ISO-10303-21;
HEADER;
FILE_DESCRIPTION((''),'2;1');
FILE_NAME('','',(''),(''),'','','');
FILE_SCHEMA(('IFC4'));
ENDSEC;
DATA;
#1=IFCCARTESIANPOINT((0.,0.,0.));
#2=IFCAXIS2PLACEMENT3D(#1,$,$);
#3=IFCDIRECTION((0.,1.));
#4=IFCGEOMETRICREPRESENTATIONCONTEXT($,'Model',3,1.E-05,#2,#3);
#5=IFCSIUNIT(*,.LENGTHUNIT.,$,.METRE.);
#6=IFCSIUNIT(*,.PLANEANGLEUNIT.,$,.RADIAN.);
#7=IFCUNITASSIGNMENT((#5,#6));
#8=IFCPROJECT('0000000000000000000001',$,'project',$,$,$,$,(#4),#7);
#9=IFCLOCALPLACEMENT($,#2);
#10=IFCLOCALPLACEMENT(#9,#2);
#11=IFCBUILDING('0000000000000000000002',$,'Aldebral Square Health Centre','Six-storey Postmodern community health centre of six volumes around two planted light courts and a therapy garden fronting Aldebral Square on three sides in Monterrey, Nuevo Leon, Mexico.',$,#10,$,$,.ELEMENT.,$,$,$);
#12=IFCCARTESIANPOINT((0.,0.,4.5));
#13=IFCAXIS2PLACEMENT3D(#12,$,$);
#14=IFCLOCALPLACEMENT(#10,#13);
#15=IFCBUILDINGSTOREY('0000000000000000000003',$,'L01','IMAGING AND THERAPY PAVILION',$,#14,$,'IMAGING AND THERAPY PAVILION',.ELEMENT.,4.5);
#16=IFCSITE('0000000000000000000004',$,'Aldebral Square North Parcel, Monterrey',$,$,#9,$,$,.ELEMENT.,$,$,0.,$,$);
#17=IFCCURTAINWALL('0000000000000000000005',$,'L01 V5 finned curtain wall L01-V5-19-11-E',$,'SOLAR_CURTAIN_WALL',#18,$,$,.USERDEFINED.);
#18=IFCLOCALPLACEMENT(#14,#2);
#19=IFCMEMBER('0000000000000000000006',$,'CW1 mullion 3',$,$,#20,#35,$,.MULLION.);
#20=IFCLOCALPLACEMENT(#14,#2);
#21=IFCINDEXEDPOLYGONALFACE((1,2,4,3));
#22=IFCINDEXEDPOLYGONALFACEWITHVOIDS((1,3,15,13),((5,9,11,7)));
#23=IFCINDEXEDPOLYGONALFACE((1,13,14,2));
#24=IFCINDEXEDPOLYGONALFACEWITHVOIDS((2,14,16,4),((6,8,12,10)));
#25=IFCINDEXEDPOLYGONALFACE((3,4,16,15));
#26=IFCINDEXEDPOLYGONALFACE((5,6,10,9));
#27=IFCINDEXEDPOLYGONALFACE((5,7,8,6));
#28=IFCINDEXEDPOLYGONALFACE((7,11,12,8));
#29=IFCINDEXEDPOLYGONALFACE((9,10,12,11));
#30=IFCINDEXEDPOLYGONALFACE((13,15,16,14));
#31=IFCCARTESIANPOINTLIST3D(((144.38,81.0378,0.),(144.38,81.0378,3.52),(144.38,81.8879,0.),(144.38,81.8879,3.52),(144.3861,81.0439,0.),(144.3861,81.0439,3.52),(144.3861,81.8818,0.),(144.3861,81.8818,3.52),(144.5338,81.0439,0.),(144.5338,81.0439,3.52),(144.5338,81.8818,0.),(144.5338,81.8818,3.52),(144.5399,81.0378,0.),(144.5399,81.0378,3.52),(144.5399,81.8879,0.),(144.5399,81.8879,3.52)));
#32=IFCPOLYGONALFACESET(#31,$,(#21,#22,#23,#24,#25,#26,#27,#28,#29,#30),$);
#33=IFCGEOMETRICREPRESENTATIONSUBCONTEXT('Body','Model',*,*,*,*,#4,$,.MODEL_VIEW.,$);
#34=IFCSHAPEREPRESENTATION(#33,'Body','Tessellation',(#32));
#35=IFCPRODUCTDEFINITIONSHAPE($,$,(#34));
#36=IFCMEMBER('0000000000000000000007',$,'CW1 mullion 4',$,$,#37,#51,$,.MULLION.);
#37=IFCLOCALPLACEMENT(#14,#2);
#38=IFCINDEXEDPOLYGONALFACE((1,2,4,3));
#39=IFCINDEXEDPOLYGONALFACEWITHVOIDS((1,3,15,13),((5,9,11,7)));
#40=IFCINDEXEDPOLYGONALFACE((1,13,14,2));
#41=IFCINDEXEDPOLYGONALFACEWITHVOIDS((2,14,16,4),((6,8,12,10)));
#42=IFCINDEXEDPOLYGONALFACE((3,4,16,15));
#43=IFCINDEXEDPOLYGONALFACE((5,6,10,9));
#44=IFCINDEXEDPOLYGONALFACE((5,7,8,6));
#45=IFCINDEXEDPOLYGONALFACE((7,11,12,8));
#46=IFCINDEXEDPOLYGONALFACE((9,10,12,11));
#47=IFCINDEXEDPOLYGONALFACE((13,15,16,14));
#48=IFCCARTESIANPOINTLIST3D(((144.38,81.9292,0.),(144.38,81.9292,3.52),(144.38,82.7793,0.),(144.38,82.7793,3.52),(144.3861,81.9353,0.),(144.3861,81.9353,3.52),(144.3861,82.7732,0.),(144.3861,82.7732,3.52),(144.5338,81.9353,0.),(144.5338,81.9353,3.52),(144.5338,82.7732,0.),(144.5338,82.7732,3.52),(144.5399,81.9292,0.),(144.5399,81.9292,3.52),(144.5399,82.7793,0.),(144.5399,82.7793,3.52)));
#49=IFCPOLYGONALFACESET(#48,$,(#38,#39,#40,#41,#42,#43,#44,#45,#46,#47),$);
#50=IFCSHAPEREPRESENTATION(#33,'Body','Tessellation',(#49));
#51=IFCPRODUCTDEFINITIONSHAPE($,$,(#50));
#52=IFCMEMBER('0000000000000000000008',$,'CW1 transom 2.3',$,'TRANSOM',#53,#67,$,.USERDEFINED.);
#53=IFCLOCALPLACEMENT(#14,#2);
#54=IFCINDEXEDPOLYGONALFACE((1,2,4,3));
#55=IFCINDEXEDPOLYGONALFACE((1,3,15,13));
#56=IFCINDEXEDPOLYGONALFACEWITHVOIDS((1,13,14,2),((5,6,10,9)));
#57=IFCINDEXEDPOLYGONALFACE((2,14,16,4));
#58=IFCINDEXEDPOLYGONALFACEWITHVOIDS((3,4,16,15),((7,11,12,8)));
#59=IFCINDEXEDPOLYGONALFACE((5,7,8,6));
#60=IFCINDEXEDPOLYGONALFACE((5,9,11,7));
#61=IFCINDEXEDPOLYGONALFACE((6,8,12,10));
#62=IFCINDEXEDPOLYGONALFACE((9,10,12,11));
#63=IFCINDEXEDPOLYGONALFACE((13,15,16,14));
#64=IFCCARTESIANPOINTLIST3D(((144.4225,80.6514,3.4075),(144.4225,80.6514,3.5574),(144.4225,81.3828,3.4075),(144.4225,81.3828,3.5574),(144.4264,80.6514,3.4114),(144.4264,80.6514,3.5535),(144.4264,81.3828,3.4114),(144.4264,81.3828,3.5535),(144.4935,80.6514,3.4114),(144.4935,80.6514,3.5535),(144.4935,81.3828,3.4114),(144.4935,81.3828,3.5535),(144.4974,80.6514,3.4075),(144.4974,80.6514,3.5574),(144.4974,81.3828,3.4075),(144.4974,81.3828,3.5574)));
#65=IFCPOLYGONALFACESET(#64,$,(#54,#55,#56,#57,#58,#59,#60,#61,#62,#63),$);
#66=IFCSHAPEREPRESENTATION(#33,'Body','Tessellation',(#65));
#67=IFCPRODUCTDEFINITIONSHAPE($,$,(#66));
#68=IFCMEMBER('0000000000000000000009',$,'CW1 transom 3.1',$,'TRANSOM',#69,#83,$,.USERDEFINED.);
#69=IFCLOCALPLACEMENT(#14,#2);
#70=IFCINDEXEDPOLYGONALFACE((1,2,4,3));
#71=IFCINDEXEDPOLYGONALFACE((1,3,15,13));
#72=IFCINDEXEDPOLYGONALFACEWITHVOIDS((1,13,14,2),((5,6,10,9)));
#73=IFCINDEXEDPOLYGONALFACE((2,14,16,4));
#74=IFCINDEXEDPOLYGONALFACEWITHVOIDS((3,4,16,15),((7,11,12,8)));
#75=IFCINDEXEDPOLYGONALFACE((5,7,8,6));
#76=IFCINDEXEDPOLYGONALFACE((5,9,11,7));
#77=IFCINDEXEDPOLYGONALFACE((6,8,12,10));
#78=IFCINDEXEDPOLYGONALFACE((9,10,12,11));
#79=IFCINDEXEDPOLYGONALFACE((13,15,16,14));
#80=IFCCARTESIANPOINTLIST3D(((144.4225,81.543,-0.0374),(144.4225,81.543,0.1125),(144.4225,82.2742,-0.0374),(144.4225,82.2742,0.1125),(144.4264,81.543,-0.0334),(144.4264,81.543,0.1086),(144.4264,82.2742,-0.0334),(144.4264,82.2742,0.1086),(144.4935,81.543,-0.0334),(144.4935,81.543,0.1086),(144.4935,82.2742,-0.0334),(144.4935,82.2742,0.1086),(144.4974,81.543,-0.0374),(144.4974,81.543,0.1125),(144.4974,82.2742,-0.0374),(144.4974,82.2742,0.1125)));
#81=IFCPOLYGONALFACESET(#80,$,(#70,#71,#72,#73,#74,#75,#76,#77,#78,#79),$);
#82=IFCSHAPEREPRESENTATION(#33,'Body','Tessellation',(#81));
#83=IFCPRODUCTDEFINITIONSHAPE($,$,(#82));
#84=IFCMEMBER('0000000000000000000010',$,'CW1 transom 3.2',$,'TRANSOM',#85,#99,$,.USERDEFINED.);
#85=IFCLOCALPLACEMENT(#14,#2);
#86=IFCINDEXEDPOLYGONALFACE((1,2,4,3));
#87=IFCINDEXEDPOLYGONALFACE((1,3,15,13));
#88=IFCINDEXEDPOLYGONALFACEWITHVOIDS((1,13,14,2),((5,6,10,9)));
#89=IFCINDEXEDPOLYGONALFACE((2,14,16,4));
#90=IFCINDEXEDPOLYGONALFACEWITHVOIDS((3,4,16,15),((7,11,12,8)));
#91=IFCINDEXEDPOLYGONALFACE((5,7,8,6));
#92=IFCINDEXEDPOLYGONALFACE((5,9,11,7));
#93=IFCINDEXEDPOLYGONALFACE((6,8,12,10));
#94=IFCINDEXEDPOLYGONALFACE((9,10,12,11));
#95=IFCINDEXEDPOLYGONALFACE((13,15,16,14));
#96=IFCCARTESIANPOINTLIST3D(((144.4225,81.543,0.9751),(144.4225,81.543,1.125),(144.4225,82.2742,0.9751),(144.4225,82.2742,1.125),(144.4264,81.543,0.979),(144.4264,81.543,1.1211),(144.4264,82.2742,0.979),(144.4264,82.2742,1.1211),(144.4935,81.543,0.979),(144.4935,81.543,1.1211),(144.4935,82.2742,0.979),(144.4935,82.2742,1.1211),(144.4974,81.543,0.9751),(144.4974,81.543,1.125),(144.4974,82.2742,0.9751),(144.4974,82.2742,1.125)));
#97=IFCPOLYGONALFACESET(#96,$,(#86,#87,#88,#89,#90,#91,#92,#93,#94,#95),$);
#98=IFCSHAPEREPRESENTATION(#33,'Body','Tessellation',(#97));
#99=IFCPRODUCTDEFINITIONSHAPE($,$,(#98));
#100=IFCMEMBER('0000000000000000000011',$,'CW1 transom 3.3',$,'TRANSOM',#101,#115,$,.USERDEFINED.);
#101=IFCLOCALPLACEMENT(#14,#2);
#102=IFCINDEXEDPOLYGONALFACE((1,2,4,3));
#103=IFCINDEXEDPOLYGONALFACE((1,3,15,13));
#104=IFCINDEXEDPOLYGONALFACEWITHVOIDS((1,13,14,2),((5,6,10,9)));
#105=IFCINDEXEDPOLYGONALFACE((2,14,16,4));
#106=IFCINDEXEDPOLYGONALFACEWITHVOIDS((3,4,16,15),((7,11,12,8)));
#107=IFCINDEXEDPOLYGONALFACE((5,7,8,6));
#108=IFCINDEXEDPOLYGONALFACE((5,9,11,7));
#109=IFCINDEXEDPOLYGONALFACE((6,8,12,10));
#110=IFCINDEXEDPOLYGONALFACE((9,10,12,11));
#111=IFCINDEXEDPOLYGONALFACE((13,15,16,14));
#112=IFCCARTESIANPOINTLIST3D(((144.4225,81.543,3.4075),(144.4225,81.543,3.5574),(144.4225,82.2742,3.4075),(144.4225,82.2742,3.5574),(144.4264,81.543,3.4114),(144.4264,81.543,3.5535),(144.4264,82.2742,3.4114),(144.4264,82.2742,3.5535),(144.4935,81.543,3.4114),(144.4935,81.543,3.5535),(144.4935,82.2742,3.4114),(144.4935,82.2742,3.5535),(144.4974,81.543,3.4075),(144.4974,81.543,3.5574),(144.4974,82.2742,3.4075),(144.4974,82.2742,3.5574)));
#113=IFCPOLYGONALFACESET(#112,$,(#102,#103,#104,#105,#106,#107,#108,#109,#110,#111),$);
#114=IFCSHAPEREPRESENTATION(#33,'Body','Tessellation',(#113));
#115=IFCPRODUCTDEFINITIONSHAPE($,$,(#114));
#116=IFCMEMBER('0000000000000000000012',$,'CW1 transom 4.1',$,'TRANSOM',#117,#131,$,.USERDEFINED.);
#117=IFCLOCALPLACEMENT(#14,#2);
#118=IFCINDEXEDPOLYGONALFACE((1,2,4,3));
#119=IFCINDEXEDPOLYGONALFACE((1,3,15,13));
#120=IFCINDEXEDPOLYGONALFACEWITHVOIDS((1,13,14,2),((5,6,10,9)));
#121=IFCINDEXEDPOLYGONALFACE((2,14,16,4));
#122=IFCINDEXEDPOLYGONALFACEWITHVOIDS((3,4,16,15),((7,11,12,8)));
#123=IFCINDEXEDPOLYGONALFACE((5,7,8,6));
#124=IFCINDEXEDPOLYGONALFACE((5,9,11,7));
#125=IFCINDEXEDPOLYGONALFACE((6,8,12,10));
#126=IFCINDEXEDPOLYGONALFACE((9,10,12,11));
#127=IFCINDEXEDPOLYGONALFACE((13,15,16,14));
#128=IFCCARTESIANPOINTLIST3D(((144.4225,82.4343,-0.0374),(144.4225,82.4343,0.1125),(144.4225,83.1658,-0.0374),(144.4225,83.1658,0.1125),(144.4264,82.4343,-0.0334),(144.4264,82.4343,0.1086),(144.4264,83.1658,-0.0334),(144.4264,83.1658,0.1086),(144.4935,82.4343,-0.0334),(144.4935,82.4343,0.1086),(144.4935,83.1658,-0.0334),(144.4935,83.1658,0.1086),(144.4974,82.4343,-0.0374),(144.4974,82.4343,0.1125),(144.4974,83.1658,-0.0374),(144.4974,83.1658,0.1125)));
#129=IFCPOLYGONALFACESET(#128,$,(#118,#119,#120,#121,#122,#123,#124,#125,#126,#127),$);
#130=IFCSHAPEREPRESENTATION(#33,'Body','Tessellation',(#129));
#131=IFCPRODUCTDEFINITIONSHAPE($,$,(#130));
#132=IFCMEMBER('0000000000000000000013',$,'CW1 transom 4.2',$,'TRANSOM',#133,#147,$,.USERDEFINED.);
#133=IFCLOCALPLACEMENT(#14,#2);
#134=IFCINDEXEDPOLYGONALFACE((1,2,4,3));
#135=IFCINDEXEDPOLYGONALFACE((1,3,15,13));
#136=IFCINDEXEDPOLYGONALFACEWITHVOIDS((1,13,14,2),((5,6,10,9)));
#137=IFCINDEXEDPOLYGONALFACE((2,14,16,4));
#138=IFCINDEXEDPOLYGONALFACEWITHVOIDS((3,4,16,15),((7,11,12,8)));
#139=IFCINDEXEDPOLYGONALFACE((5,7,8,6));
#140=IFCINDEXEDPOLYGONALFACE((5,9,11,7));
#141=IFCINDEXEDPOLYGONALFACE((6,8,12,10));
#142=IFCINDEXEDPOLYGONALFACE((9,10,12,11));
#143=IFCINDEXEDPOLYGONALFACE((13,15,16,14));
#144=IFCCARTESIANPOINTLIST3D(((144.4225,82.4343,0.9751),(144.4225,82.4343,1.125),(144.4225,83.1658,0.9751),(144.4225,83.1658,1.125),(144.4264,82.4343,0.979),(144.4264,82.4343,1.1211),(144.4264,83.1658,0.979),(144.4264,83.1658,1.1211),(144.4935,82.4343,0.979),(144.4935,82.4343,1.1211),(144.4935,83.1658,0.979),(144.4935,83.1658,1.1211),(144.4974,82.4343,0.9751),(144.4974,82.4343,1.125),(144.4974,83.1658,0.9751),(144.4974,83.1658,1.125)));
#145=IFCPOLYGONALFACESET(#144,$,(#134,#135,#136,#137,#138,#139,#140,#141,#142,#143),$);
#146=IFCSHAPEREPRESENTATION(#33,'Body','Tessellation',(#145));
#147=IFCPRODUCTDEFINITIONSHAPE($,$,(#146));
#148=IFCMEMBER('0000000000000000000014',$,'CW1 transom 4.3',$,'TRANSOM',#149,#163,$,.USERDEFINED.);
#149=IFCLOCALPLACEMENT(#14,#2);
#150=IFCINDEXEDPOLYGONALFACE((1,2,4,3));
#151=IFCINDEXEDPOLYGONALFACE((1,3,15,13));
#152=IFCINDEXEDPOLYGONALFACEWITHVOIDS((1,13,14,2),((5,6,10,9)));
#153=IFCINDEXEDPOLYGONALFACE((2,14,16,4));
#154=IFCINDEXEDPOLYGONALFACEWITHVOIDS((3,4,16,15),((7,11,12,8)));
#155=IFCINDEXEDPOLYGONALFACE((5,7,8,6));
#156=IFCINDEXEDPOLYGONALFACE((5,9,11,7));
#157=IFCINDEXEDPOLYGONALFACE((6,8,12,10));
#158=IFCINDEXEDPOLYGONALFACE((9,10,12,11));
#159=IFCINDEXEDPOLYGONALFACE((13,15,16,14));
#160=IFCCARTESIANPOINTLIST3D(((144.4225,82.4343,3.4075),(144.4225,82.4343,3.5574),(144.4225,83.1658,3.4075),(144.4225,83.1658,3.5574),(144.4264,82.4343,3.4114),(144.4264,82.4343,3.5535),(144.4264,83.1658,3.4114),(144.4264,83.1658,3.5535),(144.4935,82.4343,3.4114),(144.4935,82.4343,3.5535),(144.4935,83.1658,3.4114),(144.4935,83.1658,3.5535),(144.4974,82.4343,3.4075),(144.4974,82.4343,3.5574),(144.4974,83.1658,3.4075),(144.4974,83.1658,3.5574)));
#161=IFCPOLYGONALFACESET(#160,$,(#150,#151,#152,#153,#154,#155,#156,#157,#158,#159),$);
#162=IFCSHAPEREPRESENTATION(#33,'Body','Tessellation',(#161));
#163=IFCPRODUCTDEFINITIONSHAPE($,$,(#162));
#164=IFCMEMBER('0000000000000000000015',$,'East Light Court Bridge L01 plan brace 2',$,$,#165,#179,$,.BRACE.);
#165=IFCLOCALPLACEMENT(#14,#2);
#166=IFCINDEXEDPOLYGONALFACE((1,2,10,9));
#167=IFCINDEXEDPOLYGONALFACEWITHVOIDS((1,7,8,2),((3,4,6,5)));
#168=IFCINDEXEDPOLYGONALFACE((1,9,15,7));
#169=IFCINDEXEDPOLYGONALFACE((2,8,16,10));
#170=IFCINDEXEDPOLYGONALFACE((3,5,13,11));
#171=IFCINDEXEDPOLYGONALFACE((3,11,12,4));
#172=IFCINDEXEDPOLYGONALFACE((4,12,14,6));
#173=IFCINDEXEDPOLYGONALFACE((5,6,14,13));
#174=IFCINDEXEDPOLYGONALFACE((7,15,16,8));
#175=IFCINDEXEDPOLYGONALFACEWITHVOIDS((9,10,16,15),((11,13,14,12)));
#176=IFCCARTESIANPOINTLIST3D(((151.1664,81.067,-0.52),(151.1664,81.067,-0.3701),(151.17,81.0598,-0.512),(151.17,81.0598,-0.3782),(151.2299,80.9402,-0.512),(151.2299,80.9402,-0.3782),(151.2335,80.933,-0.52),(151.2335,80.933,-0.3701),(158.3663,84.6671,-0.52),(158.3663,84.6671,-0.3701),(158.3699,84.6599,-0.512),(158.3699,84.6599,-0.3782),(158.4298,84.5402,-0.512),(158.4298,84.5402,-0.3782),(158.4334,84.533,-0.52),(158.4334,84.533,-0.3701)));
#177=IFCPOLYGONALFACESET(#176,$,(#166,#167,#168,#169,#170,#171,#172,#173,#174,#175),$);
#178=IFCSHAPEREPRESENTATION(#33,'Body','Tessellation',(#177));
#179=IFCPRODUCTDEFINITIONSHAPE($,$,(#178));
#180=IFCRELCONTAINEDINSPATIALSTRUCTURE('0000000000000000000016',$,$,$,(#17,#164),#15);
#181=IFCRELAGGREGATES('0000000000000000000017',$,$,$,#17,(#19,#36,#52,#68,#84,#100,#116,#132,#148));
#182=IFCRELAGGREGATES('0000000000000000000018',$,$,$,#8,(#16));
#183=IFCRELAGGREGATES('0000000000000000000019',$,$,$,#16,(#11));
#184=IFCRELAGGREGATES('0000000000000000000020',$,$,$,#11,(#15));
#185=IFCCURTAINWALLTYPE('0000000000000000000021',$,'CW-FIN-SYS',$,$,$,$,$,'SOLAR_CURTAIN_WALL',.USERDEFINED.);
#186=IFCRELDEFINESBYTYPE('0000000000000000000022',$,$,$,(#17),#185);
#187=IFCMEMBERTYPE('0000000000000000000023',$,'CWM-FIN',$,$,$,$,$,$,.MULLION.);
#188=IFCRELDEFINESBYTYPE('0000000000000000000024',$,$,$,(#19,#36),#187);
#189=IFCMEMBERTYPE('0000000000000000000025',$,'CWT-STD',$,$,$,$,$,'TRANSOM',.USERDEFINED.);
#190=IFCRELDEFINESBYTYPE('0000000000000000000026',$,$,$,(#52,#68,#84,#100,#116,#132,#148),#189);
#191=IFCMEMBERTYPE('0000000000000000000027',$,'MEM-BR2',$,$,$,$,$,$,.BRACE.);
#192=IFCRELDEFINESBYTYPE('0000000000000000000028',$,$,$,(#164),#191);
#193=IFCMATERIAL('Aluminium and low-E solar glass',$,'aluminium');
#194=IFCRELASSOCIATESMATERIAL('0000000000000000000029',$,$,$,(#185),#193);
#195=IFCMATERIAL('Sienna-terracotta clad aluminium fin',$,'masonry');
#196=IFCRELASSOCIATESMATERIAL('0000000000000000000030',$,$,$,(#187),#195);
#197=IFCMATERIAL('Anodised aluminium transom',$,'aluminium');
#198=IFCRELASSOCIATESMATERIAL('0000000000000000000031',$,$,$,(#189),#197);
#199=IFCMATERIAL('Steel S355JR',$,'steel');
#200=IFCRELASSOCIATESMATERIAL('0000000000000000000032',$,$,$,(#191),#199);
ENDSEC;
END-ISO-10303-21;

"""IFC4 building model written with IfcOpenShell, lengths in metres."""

from ifc_helpers import new_model, si_unit, direction, frame, origin, origin_2d, place, context, subcontext, project, spatial, hollow_rectangle, extrude, material, material_profile, profile_set, type_object, element, aggregate, save


model = new_model("IFC4")

# Units and contexts
model_context = context("Model", 3, precision=1e-05, world=origin(), true_north=direction((0.0, 1.0)))
body_context = subcontext(model_context, "Body", "Model", "MODEL_VIEW")
ifc_project = project(units=[si_unit("LENGTHUNIT", "METRE"), si_unit("PLANEANGLEUNIT", "RADIAN")], contexts=[model_context])

# Site, building, storey
site_placement = place(None, origin())
site = spatial("IfcSite", under=ifc_project, at=site_placement, Name="Aldebral Square North Parcel, Monterrey", CompositionType="ELEMENT", RefElevation=0.0)
building_placement = place(site_placement, origin())
building = spatial("IfcBuilding", under=site, at=building_placement, Name="Aldebral Square Health Centre", Description="Six-storey Postmodern community health centre of six volumes around two planted light courts and a therapy garden fronting Aldebral Square on three sides in Monterrey, Nuevo Leon, Mexico.", CompositionType="ELEMENT")
storey_placement = place(building_placement, frame((0.0, 0.0, 4.5)))
storey = spatial("IfcBuildingStorey", under=building, at=storey_placement, Name="L01", Description="IMAGING AND THERAPY PAVILION", LongName="IMAGING AND THERAPY PAVILION", CompositionType="ELEMENT", Elevation=4.5)

# Shared definitions
ifc_material_1 = material(Name="Steel S355JR", Category="steel")

# Curtain wall, members
ifc_material_2 = material(Name="Aluminium and low-E solar glass", Category="aluminium")
curtain_wall_type = type_object("IfcCurtainWallType", Name="CW-FIN-SYS", ElementType="SOLAR_CURTAIN_WALL", PredefinedType="USERDEFINED", material=ifc_material_2)
curtain_wall_placement = place(storey_placement, origin())
curtain_wall = element("IfcCurtainWall", 1, at=curtain_wall_placement, inside=storey, type_object=curtain_wall_type, Name="L01 V5 finned curtain wall L01-V5-19-11-E", ObjectType="SOLAR_CURTAIN_WALL", PredefinedType="USERDEFINED")
ifc_material_3 = material(Name="Sienna-terracotta clad aluminium fin", Category="masonry")
ifc_material_profile_1 = material_profile(ifc_material_3, hollow_rectangle(XDim=0.1599, YDim=0.8501, WallThickness=0.0061, at=origin_2d()), Name="FIN 160x850x6")
ifc_profile_set_1 = profile_set([ifc_material_profile_1], Name="Sienna-terracotta clad aluminium fin")
member_type_1 = type_object("IfcMemberType", Name="CWM-FIN", PredefinedType="MULLION", material=ifc_profile_set_1)
member_1_placement = place(storey_placement, frame((144.46, 81.4629, 0.0), z_axis=(0.0, 0.0, 1.0), x_axis=(-1.0, 0.0, 0.0)))
member_1 = element("IfcMember", 2, at=member_1_placement, type_object=member_type_1, Name="CW1 mullion 3", PredefinedType="MULLION", context=body_context, shape_type="SweptSolid", body=[
    extrude(hollow_rectangle(XDim=0.1599, YDim=0.8501, WallThickness=0.0061, at=origin_2d()), origin(), (0.0, 0.0, 1.0), 3.52),
])
member_2_placement = place(storey_placement, frame((144.46, 82.3542, 0.0), z_axis=(0.0, 0.0, 1.0), x_axis=(-1.0, 0.0, 0.0)))
member_2 = element("IfcMember", 3, at=member_2_placement, type_object=member_type_1, Name="CW1 mullion 4", PredefinedType="MULLION", context=body_context, shape_type="SweptSolid", body=[
    extrude(hollow_rectangle(XDim=0.1599, YDim=0.8501, WallThickness=0.0061, at=origin_2d()), origin(), (0.0, 0.0, 1.0), 3.52),
])
ifc_material_4 = material(Name="Anodised aluminium transom", Category="aluminium")
ifc_material_profile_2 = material_profile(ifc_material_4, hollow_rectangle(XDim=0.075, YDim=0.1499, WallThickness=0.0039, at=origin_2d()), Name="CWT 75x150x4")
ifc_profile_set_2 = profile_set([ifc_material_profile_2], Name="Anodised aluminium transom")
member_type_2 = type_object("IfcMemberType", Name="CWT-STD", ElementType="TRANSOM", PredefinedType="USERDEFINED", material=ifc_profile_set_2)
member_3_placement = place(storey_placement, frame((144.46, 80.6514, 3.4824), z_axis=(0.0, 1.0, 0.0), x_axis=(-1.0, 0.0, 0.0)))
member_3 = element("IfcMember", 4, at=member_3_placement, type_object=member_type_2, Name="CW1 transom 2.3", ObjectType="TRANSOM", PredefinedType="USERDEFINED", context=body_context, shape_type="SweptSolid", body=[
    extrude(hollow_rectangle(XDim=0.075, YDim=0.1499, WallThickness=0.0039, at=origin_2d()), origin(), (0.0, 0.0, 1.0), 0.7314),
])
member_4_placement = place(storey_placement, frame((144.46, 81.543, 0.0376), z_axis=(0.0, 1.0, 0.0), x_axis=(-1.0, 0.0, 0.0)))
member_4 = element("IfcMember", 5, at=member_4_placement, type_object=member_type_2, Name="CW1 transom 3.1", ObjectType="TRANSOM", PredefinedType="USERDEFINED", context=body_context, shape_type="SweptSolid", body=[
    extrude(hollow_rectangle(XDim=0.075, YDim=0.1499, WallThickness=0.0039, at=origin_2d()), origin(), (0.0, 0.0, 1.0), 0.7312),
])
member_5_placement = place(storey_placement, frame((144.46, 81.543, 1.05), z_axis=(0.0, 1.0, 0.0), x_axis=(-1.0, 0.0, 0.0)))
member_5 = element("IfcMember", 6, at=member_5_placement, type_object=member_type_2, Name="CW1 transom 3.2", ObjectType="TRANSOM", PredefinedType="USERDEFINED", context=body_context, shape_type="SweptSolid", body=[
    extrude(hollow_rectangle(XDim=0.075, YDim=0.1499, WallThickness=0.0039, at=origin_2d()), origin(), (0.0, 0.0, 1.0), 0.7312),
])
member_6_placement = place(storey_placement, frame((144.46, 81.543, 3.4824), z_axis=(0.0, 1.0, 0.0), x_axis=(-1.0, 0.0, 0.0)))
member_6 = element("IfcMember", 7, at=member_6_placement, type_object=member_type_2, Name="CW1 transom 3.3", ObjectType="TRANSOM", PredefinedType="USERDEFINED", context=body_context, shape_type="SweptSolid", body=[
    extrude(hollow_rectangle(XDim=0.075, YDim=0.1499, WallThickness=0.0039, at=origin_2d()), origin(), (0.0, 0.0, 1.0), 0.7312),
])
member_7_placement = place(storey_placement, frame((144.46, 82.4343, 0.0376), z_axis=(0.0, 1.0, 0.0), x_axis=(-1.0, 0.0, 0.0)))
member_7 = element("IfcMember", 8, at=member_7_placement, type_object=member_type_2, Name="CW1 transom 4.1", ObjectType="TRANSOM", PredefinedType="USERDEFINED", context=body_context, shape_type="SweptSolid", body=[
    extrude(hollow_rectangle(XDim=0.075, YDim=0.1499, WallThickness=0.0039, at=origin_2d()), origin(), (0.0, 0.0, 1.0), 0.7314),
])
member_8_placement = place(storey_placement, frame((144.46, 82.4343, 1.05), z_axis=(0.0, 1.0, 0.0), x_axis=(-1.0, 0.0, 0.0)))
member_8 = element("IfcMember", 9, at=member_8_placement, type_object=member_type_2, Name="CW1 transom 4.2", ObjectType="TRANSOM", PredefinedType="USERDEFINED", context=body_context, shape_type="SweptSolid", body=[
    extrude(hollow_rectangle(XDim=0.075, YDim=0.1499, WallThickness=0.0039, at=origin_2d()), origin(), (0.0, 0.0, 1.0), 0.7314),
])
member_9_placement = place(storey_placement, frame((144.46, 82.4343, 3.4824), z_axis=(0.0, 1.0, 0.0), x_axis=(-1.0, 0.0, 0.0)))
member_9 = element("IfcMember", 10, at=member_9_placement, type_object=member_type_2, Name="CW1 transom 4.3", ObjectType="TRANSOM", PredefinedType="USERDEFINED", context=body_context, shape_type="SweptSolid", body=[
    extrude(hollow_rectangle(XDim=0.075, YDim=0.1499, WallThickness=0.0039, at=origin_2d()), origin(), (0.0, 0.0, 1.0), 0.7314),
])

# Member
ifc_material_profile_3 = material_profile(ifc_material_1, hollow_rectangle(XDim=0.1499, YDim=0.1499, WallThickness=0.0081, at=origin_2d()), Name="150x150x8 SHS")
ifc_profile_set_3 = profile_set([ifc_material_profile_3], Name="Steel S355JR")
member_type_3 = type_object("IfcMemberType", Name="MEM-BR2", PredefinedType="BRACE", material=ifc_profile_set_3)
member_10_placement = place(storey_placement, frame((151.2, 81.0, -0.4451), z_axis=(0.894421, 0.447226, 0.0), x_axis=(-0.447226, 0.894421, 0.0)))
element("IfcMember", 11, at=member_10_placement, inside=storey, type_object=member_type_3, Name="East Light Court Bridge L01 plan brace 2", PredefinedType="BRACE", context=body_context, shape_type="SweptSolid", body=[
    extrude(hollow_rectangle(XDim=0.1499, YDim=0.1499, WallThickness=0.0081, at=origin_2d()), origin(), (0.0, 0.0, 1.0), 8.0498),
])

aggregate(curtain_wall, [member_1, member_2, member_3, member_4, member_5, member_6, member_7, member_8, member_9])

save(model, "model.ifc")
